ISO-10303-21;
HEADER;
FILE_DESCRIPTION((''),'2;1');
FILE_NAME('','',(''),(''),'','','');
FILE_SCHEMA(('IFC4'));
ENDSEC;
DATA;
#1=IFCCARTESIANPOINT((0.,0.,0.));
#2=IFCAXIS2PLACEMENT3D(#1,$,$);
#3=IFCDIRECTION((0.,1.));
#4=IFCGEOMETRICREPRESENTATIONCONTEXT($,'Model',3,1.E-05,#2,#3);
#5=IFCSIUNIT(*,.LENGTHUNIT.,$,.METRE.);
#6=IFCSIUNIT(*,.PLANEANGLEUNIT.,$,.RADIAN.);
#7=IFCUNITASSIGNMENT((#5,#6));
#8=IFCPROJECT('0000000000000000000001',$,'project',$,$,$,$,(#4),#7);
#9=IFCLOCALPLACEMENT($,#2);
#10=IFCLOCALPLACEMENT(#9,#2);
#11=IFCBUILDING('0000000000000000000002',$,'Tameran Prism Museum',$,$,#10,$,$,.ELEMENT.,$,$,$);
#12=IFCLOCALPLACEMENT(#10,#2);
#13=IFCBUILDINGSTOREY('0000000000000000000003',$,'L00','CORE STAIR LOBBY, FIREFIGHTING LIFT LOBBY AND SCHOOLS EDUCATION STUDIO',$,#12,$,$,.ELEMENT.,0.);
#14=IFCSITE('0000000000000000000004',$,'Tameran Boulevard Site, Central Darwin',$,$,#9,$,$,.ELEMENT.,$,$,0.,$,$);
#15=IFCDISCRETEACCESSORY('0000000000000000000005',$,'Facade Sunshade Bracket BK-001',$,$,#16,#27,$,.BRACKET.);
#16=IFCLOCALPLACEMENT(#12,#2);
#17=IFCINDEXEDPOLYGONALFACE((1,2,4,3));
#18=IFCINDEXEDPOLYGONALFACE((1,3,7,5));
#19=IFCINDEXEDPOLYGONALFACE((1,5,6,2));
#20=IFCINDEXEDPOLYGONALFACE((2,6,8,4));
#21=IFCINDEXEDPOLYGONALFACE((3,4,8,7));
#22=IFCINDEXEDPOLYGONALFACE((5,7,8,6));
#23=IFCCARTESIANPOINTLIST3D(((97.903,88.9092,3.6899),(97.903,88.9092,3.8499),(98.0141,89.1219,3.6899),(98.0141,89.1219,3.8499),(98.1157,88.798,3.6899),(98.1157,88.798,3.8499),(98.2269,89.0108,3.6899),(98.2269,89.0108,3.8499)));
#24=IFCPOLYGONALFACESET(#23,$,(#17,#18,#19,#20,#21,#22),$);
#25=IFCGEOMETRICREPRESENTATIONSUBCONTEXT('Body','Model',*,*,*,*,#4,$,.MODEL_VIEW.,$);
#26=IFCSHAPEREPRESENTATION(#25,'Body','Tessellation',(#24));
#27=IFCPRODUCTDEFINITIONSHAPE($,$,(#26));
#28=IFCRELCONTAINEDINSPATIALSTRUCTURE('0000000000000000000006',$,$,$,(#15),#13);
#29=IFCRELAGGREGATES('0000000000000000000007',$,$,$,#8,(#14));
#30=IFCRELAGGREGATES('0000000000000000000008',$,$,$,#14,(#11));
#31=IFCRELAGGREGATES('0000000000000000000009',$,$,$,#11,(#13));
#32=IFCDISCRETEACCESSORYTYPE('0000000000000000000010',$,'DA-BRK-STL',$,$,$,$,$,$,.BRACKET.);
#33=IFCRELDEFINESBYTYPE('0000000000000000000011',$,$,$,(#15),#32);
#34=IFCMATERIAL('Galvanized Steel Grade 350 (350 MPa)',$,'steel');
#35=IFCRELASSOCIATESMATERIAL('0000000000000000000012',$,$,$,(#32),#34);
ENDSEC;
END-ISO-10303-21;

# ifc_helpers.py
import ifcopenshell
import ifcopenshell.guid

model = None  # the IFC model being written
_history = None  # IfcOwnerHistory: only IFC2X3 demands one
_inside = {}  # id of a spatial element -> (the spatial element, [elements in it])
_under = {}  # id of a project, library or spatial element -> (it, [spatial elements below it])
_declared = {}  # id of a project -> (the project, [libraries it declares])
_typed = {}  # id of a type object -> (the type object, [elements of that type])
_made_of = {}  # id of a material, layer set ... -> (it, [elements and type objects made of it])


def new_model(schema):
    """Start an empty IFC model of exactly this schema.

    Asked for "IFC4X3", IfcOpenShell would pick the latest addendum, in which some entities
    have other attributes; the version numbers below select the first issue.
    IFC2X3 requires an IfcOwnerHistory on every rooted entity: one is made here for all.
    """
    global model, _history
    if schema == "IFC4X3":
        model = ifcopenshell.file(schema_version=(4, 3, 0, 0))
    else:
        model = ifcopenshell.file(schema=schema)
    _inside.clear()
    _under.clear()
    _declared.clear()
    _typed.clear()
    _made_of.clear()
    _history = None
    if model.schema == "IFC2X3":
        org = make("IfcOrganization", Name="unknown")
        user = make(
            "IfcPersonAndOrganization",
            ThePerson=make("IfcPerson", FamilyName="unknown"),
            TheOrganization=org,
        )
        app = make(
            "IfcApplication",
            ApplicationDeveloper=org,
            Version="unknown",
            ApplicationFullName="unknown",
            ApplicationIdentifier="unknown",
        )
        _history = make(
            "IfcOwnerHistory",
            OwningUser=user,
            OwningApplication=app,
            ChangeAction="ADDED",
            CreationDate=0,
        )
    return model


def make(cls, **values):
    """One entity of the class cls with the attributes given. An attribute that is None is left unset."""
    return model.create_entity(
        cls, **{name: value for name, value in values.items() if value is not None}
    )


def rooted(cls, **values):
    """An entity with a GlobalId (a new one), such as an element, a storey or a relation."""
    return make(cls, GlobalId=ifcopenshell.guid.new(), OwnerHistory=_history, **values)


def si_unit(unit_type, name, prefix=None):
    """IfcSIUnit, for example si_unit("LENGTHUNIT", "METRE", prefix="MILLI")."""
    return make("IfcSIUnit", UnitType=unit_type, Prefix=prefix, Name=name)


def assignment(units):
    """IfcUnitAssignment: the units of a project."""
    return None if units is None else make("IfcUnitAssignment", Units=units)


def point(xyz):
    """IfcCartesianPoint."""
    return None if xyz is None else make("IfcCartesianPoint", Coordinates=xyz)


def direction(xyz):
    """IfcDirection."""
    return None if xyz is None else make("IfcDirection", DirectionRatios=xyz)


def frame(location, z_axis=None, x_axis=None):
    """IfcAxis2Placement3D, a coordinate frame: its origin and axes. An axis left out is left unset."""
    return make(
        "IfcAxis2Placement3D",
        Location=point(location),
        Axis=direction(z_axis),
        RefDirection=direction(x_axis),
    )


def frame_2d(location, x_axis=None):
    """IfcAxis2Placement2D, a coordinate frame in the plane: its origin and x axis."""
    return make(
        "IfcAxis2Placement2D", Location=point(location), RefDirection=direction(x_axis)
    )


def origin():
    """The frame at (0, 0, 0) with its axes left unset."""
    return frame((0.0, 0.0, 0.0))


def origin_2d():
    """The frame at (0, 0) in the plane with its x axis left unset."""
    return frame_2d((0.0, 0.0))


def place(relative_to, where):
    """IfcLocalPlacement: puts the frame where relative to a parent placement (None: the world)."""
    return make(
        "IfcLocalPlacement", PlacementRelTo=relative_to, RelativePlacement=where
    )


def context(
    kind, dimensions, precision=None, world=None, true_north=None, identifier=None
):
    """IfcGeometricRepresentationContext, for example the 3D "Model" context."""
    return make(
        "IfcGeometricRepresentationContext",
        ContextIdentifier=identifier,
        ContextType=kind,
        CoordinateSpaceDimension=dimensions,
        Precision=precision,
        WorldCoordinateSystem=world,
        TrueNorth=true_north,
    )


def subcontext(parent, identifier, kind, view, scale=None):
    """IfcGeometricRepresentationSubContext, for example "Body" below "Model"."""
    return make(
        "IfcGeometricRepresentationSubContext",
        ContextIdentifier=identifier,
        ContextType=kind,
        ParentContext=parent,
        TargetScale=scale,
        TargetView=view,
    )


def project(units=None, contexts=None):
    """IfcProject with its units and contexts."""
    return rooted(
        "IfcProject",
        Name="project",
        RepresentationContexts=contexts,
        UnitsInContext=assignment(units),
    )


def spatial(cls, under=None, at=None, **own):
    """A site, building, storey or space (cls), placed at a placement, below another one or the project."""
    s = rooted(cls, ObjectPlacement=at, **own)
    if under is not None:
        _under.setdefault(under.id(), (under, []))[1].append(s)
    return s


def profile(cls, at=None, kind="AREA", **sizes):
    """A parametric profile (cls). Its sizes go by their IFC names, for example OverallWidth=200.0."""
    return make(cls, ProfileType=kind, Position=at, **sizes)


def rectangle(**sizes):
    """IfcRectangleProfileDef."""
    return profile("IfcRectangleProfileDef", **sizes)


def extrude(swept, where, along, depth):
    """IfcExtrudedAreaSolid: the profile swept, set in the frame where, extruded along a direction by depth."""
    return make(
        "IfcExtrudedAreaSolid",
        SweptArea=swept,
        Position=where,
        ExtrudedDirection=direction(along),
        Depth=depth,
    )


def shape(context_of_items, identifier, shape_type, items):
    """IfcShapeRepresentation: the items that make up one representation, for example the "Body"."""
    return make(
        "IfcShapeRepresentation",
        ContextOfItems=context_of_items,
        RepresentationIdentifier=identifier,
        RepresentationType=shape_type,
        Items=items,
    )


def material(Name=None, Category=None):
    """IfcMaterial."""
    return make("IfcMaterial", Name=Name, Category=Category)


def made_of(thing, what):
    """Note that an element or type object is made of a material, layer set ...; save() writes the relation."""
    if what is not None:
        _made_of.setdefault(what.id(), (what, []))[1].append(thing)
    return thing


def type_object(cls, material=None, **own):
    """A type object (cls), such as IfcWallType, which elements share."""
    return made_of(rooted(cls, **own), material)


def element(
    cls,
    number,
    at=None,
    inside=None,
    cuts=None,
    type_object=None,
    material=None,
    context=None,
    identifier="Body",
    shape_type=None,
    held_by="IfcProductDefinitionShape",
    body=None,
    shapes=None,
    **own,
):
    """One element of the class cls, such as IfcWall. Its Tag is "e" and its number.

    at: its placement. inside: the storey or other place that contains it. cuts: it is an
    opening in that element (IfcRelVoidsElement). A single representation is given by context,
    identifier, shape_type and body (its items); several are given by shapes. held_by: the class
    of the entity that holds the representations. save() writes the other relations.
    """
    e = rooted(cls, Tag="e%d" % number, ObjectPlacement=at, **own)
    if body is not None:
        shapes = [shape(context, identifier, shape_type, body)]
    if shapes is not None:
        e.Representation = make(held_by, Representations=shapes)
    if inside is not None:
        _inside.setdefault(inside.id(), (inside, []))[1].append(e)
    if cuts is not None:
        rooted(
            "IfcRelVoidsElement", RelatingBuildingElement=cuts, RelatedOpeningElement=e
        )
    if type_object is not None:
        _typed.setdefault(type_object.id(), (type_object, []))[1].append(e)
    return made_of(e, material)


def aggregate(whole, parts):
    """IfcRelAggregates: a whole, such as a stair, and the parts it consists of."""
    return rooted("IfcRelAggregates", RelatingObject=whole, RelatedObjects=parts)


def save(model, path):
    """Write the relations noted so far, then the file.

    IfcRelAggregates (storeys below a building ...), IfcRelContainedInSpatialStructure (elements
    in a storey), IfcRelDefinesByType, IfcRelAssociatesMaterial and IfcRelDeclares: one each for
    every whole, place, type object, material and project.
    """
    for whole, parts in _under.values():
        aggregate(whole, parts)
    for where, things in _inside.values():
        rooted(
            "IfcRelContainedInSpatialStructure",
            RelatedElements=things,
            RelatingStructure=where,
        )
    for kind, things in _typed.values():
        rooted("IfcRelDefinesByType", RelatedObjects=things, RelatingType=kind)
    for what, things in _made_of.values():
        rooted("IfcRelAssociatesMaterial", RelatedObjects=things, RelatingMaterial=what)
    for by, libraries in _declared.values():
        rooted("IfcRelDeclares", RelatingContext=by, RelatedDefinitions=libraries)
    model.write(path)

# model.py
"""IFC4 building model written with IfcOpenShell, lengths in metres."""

from ifc_helpers import new_model, si_unit, direction, frame, origin, origin_2d, place, context, subcontext, project, spatial, rectangle, extrude, material, type_object, element, save


model = new_model("IFC4")

# Units and contexts
model_context = context("Model", 3, precision=1e-05, world=origin(), true_north=direction((0.0, 1.0)))
body_context = subcontext(model_context, "Body", "Model", "MODEL_VIEW")
ifc_project = project(units=[si_unit("LENGTHUNIT", "METRE"), si_unit("PLANEANGLEUNIT", "RADIAN")], contexts=[model_context])

# Site, building, storey
site_placement = place(None, origin())
site = spatial("IfcSite", under=ifc_project, at=site_placement, Name="Tameran Boulevard Site, Central Darwin", CompositionType="ELEMENT", RefElevation=0.0)
building_placement = place(site_placement, origin())
building = spatial("IfcBuilding", under=site, at=building_placement, Name="Tameran Prism Museum", CompositionType="ELEMENT")
storey_placement = place(building_placement, origin())
storey = spatial("IfcBuildingStorey", under=building, at=storey_placement, Name="L00", Description="CORE STAIR LOBBY, FIREFIGHTING LIFT LOBBY AND SCHOOLS EDUCATION STUDIO", CompositionType="ELEMENT", Elevation=0.0)

# Discrete accessory
ifc_material_1 = material(Name="Galvanized Steel Grade 350 (350 MPa)", Category="steel")
discrete_accessory_type = type_object("IfcDiscreteAccessoryType", Name="DA-BRK-STL", PredefinedType="BRACKET", material=ifc_material_1)
discrete_accessory_placement = place(storey_placement, frame((98.0649, 88.96, 3.6899), z_axis=(0.0, 0.0, 1.0), x_axis=(0.462987, 0.886365, 0.0)))
element("IfcDiscreteAccessory", 1, at=discrete_accessory_placement, inside=storey, type_object=discrete_accessory_type, Name="Facade Sunshade Bracket BK-001", PredefinedType="BRACKET", context=body_context, shape_type="SweptSolid", body=[
    extrude(rectangle(XDim=0.24, YDim=0.24, at=origin_2d()), origin(), (0.0, 0.0, 1.0), 0.1599),
])

save(model, "model.ifc")
